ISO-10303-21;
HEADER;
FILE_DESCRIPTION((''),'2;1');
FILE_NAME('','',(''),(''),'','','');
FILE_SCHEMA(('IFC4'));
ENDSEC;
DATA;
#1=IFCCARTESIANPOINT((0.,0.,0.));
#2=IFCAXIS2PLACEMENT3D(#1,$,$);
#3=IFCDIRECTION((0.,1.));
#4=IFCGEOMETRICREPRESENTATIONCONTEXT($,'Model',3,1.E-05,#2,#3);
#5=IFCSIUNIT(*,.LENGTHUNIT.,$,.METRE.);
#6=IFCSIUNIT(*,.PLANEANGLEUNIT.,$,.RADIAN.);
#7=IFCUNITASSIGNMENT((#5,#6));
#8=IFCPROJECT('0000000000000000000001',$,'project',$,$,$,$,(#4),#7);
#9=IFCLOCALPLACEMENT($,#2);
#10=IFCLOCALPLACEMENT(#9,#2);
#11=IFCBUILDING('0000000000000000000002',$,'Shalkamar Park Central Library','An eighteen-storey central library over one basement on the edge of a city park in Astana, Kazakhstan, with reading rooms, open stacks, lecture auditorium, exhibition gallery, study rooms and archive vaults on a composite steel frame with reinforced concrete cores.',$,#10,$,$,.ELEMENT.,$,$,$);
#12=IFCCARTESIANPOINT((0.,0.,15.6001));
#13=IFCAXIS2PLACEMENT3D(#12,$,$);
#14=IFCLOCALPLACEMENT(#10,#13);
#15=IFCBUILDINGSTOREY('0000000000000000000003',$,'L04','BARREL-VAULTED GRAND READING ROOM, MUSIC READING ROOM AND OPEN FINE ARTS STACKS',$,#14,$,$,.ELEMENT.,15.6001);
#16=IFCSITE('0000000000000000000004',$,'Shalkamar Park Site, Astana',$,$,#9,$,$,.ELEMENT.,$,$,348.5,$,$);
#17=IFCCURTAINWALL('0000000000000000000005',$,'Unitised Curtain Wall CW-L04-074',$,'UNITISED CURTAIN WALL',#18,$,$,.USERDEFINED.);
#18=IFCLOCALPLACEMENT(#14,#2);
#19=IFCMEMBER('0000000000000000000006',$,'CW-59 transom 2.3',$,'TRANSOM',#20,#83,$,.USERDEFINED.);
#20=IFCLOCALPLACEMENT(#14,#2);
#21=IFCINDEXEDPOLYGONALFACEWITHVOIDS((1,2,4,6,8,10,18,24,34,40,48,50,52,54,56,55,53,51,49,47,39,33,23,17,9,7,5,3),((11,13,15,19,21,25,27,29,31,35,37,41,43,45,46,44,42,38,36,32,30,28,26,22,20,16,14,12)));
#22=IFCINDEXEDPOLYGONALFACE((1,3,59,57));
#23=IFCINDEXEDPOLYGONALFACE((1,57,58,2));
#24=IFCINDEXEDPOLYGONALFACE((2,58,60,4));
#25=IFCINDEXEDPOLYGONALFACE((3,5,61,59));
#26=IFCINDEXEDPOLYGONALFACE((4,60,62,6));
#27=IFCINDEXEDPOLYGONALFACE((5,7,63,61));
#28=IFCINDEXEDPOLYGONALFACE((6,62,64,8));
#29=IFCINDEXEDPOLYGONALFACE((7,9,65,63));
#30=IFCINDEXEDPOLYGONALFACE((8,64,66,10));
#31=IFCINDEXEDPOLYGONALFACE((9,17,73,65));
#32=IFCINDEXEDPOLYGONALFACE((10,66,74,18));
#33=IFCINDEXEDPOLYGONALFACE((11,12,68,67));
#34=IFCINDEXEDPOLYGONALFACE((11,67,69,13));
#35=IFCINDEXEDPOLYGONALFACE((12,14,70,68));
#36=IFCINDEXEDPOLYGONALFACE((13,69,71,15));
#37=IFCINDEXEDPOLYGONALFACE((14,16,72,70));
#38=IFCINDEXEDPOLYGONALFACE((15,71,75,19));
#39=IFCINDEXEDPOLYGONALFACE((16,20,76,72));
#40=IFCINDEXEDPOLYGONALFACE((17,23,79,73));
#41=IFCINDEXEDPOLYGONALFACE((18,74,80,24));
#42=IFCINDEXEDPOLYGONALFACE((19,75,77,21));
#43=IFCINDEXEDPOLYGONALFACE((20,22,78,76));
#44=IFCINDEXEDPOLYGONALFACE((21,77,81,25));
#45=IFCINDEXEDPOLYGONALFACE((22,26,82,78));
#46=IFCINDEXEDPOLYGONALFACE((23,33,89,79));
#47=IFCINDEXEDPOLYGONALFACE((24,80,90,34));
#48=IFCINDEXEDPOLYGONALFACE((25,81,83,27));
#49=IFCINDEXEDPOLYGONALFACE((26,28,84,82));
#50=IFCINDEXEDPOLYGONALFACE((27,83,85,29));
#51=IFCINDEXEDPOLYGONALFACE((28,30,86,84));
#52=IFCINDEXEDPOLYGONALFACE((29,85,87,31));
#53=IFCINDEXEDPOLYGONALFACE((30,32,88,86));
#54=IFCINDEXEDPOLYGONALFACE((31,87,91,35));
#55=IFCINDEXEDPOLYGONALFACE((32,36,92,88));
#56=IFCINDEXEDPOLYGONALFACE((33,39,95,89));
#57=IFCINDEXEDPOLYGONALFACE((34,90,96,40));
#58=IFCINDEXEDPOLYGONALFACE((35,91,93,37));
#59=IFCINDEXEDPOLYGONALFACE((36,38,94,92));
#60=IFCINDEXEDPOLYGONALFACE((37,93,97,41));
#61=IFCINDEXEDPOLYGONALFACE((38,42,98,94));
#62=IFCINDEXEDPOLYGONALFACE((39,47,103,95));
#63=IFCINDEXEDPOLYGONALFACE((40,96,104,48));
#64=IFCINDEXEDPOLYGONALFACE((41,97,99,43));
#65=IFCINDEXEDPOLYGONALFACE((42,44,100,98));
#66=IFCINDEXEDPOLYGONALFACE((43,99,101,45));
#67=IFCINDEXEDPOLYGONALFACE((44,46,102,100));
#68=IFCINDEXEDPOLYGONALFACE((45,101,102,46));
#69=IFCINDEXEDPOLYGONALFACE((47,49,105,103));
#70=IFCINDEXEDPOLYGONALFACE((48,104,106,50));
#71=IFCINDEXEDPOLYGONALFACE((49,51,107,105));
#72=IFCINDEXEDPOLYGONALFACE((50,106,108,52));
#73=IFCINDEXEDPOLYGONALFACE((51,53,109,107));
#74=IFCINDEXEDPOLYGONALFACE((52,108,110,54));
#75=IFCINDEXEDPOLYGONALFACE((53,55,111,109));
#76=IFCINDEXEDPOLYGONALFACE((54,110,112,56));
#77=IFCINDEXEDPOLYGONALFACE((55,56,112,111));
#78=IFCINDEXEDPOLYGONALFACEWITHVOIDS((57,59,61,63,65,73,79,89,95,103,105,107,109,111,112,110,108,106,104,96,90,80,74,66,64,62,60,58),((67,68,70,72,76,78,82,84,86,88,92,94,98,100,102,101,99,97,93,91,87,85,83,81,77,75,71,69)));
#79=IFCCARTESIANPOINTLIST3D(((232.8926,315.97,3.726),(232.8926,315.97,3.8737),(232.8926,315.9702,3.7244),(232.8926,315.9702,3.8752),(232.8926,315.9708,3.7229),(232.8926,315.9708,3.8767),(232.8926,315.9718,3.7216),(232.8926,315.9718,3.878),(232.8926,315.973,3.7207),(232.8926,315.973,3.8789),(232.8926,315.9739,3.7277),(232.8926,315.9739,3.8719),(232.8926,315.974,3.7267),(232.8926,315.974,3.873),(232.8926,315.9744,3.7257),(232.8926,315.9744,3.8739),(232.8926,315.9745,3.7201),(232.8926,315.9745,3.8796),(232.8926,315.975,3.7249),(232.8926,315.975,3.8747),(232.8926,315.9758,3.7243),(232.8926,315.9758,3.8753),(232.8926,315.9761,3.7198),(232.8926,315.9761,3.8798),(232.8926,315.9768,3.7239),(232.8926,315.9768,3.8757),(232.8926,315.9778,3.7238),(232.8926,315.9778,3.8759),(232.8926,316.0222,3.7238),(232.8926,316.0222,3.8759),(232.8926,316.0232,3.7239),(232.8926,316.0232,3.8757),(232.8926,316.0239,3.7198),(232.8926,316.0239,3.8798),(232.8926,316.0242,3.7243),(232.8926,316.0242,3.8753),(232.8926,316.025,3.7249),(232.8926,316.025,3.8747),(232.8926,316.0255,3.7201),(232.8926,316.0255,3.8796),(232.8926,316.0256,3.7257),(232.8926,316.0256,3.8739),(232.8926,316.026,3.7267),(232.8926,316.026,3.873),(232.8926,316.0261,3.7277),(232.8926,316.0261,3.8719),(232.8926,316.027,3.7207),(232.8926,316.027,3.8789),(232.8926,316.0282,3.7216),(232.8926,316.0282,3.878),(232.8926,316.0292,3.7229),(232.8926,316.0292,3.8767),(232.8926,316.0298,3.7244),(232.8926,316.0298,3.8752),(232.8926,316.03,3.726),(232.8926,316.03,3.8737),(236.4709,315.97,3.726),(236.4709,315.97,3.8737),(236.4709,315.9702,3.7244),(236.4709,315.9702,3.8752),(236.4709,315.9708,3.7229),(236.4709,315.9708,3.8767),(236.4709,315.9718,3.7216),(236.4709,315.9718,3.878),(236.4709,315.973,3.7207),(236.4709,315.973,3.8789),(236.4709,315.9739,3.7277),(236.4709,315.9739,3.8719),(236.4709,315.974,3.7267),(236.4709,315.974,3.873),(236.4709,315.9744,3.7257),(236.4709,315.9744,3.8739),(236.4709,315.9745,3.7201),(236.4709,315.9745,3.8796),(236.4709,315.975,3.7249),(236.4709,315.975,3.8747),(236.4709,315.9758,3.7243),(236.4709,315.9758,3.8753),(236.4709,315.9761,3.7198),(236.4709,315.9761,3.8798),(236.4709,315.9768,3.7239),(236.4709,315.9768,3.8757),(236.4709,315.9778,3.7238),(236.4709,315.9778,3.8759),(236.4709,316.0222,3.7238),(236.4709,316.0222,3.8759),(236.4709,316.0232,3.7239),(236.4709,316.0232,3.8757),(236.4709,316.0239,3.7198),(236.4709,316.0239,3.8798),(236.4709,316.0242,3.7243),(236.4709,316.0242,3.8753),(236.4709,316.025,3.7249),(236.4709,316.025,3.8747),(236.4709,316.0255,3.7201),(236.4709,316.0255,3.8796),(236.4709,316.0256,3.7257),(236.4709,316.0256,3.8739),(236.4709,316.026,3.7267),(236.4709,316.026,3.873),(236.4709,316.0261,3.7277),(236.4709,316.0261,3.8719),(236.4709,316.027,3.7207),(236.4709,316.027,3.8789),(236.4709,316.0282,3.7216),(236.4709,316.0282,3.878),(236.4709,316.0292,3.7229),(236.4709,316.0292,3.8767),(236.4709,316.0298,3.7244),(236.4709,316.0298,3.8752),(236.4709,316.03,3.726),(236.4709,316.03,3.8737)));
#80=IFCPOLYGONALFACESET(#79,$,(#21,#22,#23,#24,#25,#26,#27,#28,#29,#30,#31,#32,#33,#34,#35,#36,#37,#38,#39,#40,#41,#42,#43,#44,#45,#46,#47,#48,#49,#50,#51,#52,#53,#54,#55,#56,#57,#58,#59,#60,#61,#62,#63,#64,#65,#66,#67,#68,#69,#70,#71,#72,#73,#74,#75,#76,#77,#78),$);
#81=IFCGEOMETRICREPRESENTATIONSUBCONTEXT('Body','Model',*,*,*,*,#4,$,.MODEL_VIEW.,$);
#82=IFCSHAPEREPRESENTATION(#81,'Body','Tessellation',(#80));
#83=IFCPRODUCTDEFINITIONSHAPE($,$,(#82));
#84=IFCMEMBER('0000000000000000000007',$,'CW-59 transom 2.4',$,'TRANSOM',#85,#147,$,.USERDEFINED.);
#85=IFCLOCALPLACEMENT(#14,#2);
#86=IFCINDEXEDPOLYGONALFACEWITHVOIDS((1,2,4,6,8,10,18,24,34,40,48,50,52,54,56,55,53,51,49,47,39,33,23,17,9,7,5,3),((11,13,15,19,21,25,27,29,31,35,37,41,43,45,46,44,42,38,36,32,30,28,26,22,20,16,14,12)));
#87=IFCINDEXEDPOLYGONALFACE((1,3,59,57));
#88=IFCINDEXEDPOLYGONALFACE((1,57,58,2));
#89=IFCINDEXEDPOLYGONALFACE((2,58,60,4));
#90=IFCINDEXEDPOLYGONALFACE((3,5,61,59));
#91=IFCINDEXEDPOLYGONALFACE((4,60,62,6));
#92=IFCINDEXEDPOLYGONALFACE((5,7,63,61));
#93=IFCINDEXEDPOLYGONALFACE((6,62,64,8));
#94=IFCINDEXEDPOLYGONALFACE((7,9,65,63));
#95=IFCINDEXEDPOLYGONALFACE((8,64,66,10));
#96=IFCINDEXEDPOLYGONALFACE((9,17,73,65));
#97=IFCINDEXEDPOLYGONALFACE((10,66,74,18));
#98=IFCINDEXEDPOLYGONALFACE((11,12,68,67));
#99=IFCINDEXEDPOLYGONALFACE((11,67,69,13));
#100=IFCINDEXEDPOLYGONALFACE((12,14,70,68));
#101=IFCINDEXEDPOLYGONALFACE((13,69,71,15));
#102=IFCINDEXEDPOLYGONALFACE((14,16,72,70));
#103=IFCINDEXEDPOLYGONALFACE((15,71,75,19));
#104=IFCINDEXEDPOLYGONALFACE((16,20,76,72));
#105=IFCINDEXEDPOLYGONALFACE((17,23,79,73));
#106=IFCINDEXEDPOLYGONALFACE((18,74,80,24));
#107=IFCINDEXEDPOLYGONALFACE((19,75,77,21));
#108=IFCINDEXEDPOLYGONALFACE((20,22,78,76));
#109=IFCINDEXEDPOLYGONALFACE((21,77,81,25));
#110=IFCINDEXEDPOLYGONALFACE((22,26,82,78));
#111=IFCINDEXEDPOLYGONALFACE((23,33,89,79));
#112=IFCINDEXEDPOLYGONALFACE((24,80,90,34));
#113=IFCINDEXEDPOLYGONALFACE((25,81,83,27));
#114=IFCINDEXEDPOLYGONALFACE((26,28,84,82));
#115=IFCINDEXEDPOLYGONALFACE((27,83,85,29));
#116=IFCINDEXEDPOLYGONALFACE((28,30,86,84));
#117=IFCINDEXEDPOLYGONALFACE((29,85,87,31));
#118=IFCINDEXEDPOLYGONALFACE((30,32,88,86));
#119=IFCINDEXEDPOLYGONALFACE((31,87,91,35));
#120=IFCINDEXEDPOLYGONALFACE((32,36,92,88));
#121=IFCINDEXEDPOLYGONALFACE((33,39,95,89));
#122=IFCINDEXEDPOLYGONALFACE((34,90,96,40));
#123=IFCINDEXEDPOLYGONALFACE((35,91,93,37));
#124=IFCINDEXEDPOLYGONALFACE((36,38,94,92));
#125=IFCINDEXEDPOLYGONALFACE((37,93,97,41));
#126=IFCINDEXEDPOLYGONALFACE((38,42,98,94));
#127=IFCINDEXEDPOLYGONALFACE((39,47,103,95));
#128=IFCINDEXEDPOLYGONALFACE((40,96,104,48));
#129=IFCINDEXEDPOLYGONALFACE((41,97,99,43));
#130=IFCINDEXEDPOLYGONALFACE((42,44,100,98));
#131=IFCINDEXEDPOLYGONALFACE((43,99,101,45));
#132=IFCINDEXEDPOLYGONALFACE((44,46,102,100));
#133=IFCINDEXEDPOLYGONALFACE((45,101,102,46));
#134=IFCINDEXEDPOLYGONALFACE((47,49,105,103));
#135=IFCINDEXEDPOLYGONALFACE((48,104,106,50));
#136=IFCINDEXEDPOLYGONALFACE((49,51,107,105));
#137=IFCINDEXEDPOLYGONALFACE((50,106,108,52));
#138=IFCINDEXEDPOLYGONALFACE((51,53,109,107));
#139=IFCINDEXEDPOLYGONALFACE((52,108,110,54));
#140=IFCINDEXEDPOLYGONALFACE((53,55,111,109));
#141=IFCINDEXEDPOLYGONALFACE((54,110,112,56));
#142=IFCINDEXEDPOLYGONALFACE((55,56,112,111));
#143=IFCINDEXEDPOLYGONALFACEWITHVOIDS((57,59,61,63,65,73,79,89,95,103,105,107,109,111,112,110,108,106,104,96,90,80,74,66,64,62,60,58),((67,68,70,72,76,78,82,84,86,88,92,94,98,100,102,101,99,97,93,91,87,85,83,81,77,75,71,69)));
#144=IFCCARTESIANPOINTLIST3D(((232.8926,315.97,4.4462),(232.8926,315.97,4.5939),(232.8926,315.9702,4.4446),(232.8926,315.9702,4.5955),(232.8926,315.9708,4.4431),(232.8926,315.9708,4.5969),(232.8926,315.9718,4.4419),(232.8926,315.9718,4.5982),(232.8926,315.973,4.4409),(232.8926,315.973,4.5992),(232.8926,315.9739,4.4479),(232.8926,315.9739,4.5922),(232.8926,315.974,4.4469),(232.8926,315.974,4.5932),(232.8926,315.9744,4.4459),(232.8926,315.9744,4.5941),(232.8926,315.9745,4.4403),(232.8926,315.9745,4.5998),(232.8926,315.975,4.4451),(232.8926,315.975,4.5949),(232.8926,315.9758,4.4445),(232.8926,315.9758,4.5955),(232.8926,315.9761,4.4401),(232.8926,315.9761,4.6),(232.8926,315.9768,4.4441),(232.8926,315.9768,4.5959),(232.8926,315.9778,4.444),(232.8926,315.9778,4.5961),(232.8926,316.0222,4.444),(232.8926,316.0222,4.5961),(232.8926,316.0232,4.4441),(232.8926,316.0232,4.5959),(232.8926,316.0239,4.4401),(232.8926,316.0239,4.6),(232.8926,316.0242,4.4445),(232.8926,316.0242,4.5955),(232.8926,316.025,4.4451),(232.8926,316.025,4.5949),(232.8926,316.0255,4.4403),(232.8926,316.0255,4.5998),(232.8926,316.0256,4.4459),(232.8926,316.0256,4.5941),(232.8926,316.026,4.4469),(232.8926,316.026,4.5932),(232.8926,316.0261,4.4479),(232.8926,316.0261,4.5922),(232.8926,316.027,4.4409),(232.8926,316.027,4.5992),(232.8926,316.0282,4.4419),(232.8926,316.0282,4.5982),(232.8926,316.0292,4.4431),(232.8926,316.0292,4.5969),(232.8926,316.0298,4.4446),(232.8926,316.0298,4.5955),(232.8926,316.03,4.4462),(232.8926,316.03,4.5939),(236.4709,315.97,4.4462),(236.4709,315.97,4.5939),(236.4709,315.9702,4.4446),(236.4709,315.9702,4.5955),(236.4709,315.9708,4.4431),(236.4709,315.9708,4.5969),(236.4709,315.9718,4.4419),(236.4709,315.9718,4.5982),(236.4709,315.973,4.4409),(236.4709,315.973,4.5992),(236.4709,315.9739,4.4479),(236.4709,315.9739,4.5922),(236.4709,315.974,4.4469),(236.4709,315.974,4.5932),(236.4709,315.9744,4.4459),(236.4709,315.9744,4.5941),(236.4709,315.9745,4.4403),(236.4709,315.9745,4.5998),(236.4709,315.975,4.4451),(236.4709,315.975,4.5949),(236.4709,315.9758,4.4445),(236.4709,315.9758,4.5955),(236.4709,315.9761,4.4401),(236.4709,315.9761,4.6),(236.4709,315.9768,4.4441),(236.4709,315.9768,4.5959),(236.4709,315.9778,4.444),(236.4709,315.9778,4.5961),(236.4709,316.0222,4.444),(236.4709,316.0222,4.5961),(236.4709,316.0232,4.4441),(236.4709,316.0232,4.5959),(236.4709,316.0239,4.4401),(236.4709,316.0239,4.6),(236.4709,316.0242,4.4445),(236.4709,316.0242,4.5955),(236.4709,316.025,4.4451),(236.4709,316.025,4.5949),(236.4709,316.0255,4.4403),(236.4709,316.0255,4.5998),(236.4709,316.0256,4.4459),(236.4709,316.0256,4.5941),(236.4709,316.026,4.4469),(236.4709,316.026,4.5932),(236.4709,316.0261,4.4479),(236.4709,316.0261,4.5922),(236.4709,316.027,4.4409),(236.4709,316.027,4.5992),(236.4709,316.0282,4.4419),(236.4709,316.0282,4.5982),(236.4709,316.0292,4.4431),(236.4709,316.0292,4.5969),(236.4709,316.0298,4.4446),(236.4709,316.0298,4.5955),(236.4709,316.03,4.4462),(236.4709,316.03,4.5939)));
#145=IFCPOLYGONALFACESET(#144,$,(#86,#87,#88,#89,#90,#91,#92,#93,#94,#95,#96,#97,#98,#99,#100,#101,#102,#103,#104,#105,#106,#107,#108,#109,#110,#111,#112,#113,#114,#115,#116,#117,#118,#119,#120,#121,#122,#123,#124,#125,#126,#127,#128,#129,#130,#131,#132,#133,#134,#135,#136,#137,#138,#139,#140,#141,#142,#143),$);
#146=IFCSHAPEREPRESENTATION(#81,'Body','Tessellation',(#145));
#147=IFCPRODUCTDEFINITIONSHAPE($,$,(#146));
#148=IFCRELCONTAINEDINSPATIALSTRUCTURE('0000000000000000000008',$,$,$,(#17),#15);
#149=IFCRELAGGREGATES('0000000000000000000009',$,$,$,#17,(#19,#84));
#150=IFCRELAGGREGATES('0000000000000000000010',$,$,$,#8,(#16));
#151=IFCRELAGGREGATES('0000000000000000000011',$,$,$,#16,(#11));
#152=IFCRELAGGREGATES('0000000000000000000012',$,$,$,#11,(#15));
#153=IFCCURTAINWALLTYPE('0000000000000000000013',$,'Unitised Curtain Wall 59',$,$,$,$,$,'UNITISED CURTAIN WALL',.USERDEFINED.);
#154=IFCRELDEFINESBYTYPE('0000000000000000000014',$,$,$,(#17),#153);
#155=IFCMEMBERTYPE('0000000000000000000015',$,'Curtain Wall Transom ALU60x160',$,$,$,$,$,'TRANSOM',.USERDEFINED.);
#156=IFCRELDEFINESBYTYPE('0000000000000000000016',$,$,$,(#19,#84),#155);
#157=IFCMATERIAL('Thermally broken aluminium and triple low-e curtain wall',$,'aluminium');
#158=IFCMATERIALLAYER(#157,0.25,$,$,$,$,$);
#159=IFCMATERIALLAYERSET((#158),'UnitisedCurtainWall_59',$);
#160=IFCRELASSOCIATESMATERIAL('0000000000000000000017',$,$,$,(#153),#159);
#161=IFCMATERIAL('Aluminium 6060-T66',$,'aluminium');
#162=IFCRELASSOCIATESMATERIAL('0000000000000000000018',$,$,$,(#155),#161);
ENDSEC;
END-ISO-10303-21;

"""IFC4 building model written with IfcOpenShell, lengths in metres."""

from ifc_helpers import new_model, si_unit, direction, frame, origin, origin_2d, place, context, subcontext, project, spatial, hollow_rectangle, extrude, material, layer, layer_set, material_profile, profile_set, type_object, element, aggregate, save


model = new_model("IFC4")

# Units and contexts
model_context = context("Model", 3, precision=1e-05, world=origin(), true_north=direction((0.0, 1.0)))
body_context = subcontext(model_context, "Body", "Model", "MODEL_VIEW")
ifc_project = project(units=[si_unit("LENGTHUNIT", "METRE"), si_unit("PLANEANGLEUNIT", "RADIAN")], contexts=[model_context])

# Site, building, storey
site_placement = place(None, origin())
site = spatial("IfcSite", under=ifc_project, at=site_placement, Name="Shalkamar Park Site, Astana", CompositionType="ELEMENT", RefElevation=348.5)
building_placement = place(site_placement, origin())
building = spatial("IfcBuilding", under=site, at=building_placement, Name="Shalkamar Park Central Library", Description="An eighteen-storey central library over one basement on the edge of a city park in Astana, Kazakhstan, with reading rooms, open stacks, lecture auditorium, exhibition gallery, study rooms and archive vaults on a composite steel frame with reinforced concrete cores.", CompositionType="ELEMENT")
storey_placement = place(building_placement, frame((0.0, 0.0, 15.6001)))
storey = spatial("IfcBuildingStorey", under=building, at=storey_placement, Name="L04", Description="BARREL-VAULTED GRAND READING ROOM, MUSIC READING ROOM AND OPEN FINE ARTS STACKS", CompositionType="ELEMENT", Elevation=15.6001)

# Curtain wall
ifc_material_1 = material(Name="Thermally broken aluminium and triple low-e curtain wall", Category="aluminium")
ifc_layer_1 = layer(ifc_material_1, 0.25)
ifc_layer_set_1 = layer_set([ifc_layer_1], Name="UnitisedCurtainWall_59")
curtain_wall_type_1 = type_object("IfcCurtainWallType", Name="Unitised Curtain Wall 59", ElementType="UNITISED CURTAIN WALL", PredefinedType="USERDEFINED", material=ifc_layer_set_1)
curtain_wall_1_placement = place(storey_placement, origin())
curtain_wall_1 = element("IfcCurtainWall", 1, at=curtain_wall_1_placement, inside=storey, type_object=curtain_wall_type_1, Name="Unitised Curtain Wall CW-L04-074", ObjectType="UNITISED CURTAIN WALL", PredefinedType="USERDEFINED")
ifc_material_2 = material(Name="Aluminium 6060-T66", Category="aluminium")

# Members
ifc_material_profile_1 = material_profile(ifc_material_2, hollow_rectangle(XDim=0.0601, YDim=0.1599, WallThickness=0.0039, InnerFilletRadius=0.0039, OuterFilletRadius=0.0061, at=origin_2d()), Name="ALU 60x160x4")
ifc_profile_set_1 = profile_set([ifc_material_profile_1], Name="Aluminium 6060-T66")
member_type_1 = type_object("IfcMemberType", Name="Curtain Wall Transom ALU60x160", ElementType="TRANSOM", PredefinedType="USERDEFINED", material=ifc_profile_set_1)
member_1_placement = place(storey_placement, frame((232.8926, 316.0, 3.7998), z_axis=(1.0, 0.0, 0.0), x_axis=(0.0, 1.0, 0.0)))
member_1 = element("IfcMember", 2, at=member_1_placement, type_object=member_type_1, Name="CW-59 transom 2.3", ObjectType="TRANSOM", PredefinedType="USERDEFINED", context=body_context, shape_type="SweptSolid", body=[
    extrude(hollow_rectangle(XDim=0.0601, YDim=0.1599, WallThickness=0.0039, InnerFilletRadius=0.0039, OuterFilletRadius=0.0061, at=origin_2d()), origin(), (0.0, 0.0, 1.0), 3.5784),
])
member_2_placement = place(storey_placement, frame((232.8926, 316.0, 4.52), z_axis=(1.0, 0.0, 0.0), x_axis=(0.0, 1.0, 0.0)))
member_2 = element("IfcMember", 3, at=member_2_placement, type_object=member_type_1, Name="CW-59 transom 2.4", ObjectType="TRANSOM", PredefinedType="USERDEFINED", context=body_context, shape_type="SweptSolid", body=[
    extrude(hollow_rectangle(XDim=0.0601, YDim=0.1599, WallThickness=0.0039, InnerFilletRadius=0.0039, OuterFilletRadius=0.0061, at=origin_2d()), origin(), (0.0, 0.0, 1.0), 3.5784),
])

aggregate(curtain_wall_1, [member_1, member_2])

save(model, "model.ifc")
